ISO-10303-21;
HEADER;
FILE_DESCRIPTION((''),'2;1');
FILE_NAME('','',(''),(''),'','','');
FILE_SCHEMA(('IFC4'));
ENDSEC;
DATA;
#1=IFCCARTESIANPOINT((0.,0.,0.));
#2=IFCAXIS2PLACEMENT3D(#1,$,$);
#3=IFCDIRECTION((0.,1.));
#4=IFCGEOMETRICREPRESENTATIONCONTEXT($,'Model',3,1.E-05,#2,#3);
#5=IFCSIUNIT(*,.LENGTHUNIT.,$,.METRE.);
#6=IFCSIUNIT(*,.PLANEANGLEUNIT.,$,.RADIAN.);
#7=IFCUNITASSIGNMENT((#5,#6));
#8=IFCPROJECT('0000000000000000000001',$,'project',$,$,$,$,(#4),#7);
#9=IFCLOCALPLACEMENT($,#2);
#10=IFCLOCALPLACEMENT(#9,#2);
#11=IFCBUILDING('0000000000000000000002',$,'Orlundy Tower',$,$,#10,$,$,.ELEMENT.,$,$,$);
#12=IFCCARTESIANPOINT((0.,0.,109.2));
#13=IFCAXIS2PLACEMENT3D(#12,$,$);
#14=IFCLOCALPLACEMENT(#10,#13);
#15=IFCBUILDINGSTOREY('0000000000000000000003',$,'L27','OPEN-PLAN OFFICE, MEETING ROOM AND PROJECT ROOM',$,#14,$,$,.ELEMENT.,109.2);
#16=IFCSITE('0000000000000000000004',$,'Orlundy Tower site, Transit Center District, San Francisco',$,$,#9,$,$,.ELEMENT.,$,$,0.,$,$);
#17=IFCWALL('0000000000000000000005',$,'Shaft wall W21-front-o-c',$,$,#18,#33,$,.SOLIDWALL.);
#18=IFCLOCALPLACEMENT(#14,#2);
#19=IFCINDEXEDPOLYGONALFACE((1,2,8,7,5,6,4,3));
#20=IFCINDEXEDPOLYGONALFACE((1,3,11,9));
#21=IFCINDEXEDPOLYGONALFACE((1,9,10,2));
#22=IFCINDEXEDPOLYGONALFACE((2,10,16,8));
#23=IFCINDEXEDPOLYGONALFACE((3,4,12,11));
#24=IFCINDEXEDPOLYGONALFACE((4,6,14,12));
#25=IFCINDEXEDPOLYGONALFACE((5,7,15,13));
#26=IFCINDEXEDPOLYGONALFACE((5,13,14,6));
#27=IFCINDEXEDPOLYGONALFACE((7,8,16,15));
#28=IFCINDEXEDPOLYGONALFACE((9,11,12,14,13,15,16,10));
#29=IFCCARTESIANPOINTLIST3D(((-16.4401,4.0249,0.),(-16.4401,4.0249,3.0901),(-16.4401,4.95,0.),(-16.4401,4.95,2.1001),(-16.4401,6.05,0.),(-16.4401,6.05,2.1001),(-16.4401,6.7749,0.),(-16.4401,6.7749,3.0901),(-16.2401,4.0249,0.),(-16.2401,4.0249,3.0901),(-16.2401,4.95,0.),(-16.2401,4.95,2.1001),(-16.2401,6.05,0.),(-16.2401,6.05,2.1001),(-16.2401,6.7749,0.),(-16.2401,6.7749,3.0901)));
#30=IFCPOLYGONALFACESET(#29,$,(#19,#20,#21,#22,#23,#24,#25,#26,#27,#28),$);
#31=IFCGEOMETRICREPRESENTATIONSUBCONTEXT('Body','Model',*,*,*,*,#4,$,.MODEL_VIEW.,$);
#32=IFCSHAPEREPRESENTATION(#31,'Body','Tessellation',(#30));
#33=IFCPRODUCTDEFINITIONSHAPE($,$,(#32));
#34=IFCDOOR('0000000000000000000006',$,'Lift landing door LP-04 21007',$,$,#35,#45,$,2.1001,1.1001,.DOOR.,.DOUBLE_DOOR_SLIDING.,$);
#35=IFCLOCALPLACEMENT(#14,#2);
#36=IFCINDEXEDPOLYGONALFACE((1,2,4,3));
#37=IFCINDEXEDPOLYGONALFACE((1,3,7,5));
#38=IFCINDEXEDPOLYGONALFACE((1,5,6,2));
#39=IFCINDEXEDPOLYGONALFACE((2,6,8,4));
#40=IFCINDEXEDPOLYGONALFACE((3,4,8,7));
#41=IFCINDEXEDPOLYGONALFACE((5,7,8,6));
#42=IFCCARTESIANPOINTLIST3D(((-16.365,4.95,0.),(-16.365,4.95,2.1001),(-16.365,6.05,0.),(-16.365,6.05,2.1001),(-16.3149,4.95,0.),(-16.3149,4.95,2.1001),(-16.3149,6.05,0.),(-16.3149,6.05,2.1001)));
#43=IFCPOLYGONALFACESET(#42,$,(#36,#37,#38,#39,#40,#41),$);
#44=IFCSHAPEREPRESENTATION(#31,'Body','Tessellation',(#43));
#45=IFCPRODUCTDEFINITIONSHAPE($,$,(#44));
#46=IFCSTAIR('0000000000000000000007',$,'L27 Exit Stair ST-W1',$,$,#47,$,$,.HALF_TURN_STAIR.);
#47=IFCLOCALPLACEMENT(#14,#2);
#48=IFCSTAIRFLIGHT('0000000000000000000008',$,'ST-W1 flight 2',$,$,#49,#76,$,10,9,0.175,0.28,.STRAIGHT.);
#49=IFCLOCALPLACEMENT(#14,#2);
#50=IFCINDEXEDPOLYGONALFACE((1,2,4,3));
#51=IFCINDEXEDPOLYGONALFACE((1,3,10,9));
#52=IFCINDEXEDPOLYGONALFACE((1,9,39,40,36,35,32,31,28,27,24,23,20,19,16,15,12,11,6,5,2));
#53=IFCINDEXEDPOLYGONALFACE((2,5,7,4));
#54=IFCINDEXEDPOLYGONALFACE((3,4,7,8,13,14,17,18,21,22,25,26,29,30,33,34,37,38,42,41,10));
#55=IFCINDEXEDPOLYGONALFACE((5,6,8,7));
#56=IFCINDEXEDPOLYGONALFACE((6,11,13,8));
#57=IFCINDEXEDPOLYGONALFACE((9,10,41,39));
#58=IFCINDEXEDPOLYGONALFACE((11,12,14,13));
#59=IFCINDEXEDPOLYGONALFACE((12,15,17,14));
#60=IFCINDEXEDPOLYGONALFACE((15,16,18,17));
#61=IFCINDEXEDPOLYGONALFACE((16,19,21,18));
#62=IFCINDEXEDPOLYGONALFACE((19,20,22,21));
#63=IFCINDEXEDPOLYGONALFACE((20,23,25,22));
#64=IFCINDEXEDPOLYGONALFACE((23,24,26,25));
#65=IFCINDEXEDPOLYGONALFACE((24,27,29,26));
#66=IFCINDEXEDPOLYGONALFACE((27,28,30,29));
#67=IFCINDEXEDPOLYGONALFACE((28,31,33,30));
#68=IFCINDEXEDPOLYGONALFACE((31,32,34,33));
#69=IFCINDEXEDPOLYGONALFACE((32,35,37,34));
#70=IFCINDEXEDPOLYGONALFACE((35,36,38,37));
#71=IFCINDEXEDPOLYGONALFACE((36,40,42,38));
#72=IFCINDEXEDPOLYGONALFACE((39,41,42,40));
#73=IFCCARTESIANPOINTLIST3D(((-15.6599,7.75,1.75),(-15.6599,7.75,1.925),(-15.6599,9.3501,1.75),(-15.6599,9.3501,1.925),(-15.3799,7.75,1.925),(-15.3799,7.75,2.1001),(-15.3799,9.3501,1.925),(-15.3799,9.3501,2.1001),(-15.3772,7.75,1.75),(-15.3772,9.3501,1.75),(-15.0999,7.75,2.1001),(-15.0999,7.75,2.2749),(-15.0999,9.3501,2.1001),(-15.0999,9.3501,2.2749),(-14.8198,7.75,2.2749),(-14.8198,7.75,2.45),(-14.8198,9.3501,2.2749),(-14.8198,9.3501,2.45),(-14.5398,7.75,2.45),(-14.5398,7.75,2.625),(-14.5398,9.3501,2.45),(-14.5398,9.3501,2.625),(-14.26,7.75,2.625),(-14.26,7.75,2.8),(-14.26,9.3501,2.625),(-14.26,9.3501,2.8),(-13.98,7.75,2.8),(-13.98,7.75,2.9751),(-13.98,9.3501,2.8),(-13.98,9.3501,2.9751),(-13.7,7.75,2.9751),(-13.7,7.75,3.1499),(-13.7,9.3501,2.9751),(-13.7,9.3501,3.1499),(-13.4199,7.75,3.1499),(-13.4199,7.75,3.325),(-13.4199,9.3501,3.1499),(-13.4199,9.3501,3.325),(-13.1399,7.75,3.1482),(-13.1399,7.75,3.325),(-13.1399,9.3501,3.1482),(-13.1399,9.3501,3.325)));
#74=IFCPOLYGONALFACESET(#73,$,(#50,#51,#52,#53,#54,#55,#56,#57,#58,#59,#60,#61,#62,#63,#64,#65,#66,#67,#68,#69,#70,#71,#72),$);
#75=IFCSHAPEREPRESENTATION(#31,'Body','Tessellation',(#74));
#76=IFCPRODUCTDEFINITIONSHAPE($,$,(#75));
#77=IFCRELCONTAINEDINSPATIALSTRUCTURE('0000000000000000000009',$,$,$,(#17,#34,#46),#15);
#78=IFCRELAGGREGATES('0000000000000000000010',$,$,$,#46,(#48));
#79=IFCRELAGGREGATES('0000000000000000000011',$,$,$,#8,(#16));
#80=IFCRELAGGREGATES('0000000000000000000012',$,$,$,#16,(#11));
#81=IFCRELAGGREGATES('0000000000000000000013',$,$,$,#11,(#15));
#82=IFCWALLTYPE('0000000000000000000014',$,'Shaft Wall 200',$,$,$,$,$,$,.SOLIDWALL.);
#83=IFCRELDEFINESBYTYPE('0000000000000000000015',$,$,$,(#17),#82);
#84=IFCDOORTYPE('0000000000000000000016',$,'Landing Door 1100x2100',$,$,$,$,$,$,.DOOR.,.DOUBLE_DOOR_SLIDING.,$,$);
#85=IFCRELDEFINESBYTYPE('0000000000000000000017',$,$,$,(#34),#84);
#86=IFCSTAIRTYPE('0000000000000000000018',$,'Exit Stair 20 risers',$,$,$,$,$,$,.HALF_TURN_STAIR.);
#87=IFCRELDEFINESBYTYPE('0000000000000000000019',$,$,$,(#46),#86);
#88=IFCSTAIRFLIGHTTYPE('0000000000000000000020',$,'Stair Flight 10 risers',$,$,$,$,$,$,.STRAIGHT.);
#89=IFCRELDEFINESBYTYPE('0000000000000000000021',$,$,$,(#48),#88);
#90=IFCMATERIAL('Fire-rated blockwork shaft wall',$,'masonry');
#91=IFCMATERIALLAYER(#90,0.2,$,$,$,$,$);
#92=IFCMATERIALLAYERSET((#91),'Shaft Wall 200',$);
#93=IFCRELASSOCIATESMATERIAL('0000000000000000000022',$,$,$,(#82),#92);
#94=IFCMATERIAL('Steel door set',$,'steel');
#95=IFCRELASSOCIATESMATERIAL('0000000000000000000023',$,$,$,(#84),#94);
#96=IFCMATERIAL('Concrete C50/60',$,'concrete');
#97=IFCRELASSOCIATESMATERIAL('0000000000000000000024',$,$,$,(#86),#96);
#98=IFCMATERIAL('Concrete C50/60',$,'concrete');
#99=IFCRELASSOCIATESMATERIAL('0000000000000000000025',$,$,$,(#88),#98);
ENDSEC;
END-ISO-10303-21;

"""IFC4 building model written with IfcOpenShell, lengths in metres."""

from ifc_helpers import new_model, si_unit, direction, frame, frame_2d, origin, place, context, subcontext, project, spatial, polyline, rectangle, outline, extrude, material, layer, layer_set, type_object, element, fill, aggregate, save


model = new_model("IFC4")

# Units and contexts
model_context = context("Model", 3, precision=1e-05, world=origin(), true_north=direction((0.0, 1.0)))
body_context = subcontext(model_context, "Body", "Model", "MODEL_VIEW")
ifc_project = project(units=[si_unit("LENGTHUNIT", "METRE"), si_unit("PLANEANGLEUNIT", "RADIAN")], contexts=[model_context])

# Site, building, storey
site_placement = place(None, origin())
site = spatial("IfcSite", under=ifc_project, at=site_placement, Name="Orlundy Tower site, Transit Center District, San Francisco", CompositionType="ELEMENT", RefElevation=0.0)
building_placement = place(site_placement, origin())
building = spatial("IfcBuilding", under=site, at=building_placement, Name="Orlundy Tower", CompositionType="ELEMENT")
storey_placement = place(building_placement, frame((0.0, 0.0, 109.2)))
storey = spatial("IfcBuildingStorey", under=building, at=storey_placement, Name="L27", Description="OPEN-PLAN OFFICE, MEETING ROOM AND PROJECT ROOM", CompositionType="ELEMENT", Elevation=109.2)

# Wall, opening, door
ifc_material_1 = material(Name="Fire-rated blockwork shaft wall", Category="masonry")
ifc_layer_1 = layer(ifc_material_1, 0.2)
ifc_layer_set_1 = layer_set([ifc_layer_1], Name="Shaft Wall 200")
wall_type_1 = type_object("IfcWallType", Name="Shaft Wall 200", PredefinedType="SOLIDWALL", material=ifc_layer_set_1)
wall_1_placement = place(storey_placement, frame((-16.3401, 4.0249, 0.0), z_axis=(0.0, 0.0, 1.0), x_axis=(0.0, 1.0, 0.0)))
wall_1 = element("IfcWall", 1, at=wall_1_placement, inside=storey, type_object=wall_type_1, Name="Shaft wall W21-front-o-c", PredefinedType="SOLIDWALL", context=body_context, shape_type="SweptSolid", body=[
    extrude(rectangle(XDim=2.75, YDim=0.2, at=frame_2d((1.375, 0.0))), origin(), (0.0, 0.0, 1.0), 3.0901),
])
opening_1_placement = place(wall_1_placement, frame((0.925, 0.0, 0.0)))
opening_1 = element("IfcOpeningElement", 2, at=opening_1_placement, cuts=wall_1, PredefinedType="OPENING", context=body_context, shape_type="SweptSolid", body=[
    extrude(rectangle(XDim=1.1001, YDim=2.1001, at=frame_2d((0.55, 1.05))), frame((0.0, 0.1101, 0.0), z_axis=(0.0, -1.0, 0.0), x_axis=(1.0, 0.0, 0.0)), (0.0, 0.0, 1.0), 0.2202),
])
ifc_material_2 = material(Name="Steel door set", Category="steel")
door_type_1 = type_object("IfcDoorType", Name="Landing Door 1100x2100", OperationType="DOUBLE_DOOR_SLIDING", PredefinedType="DOOR", material=ifc_material_2)
door_1_placement = place(opening_1_placement, origin())
door_1 = element("IfcDoor", 3, at=door_1_placement, inside=storey, type_object=door_type_1, Name="Lift landing door LP-04 21007", OperationType="DOUBLE_DOOR_SLIDING", OverallHeight=2.1001, OverallWidth=1.1001, PredefinedType="DOOR", context=body_context, shape_type="SweptSolid", body=[
    extrude(rectangle(XDim=1.1001, YDim=2.1001, at=frame_2d((0.55, 1.05))), frame((0.0, 0.0249, 0.0), z_axis=(0.0, -1.0, 0.0), x_axis=(1.0, 0.0, 0.0)), (0.0, 0.0, 1.0), 0.05),
])
fill(opening_1, door_1)

# Stair, stair flight
ifc_material_3 = material(Name="Concrete C50/60", Category="concrete")
stair_type = type_object("IfcStairType", Name="Exit Stair 20 risers", PredefinedType="HALF_TURN_STAIR", material=ifc_material_3)
stair_placement = place(storey_placement, origin())
stair = element("IfcStair", 4, at=stair_placement, inside=storey, type_object=stair_type, Name="L27 Exit Stair ST-W1", PredefinedType="HALF_TURN_STAIR")
ifc_material_4 = material(Name="Concrete C50/60", Category="concrete")
stair_flight_type = type_object("IfcStairFlightType", Name="Stair Flight 10 risers", PredefinedType="STRAIGHT", material=ifc_material_4)
stair_flight_placement = place(storey_placement, frame((-15.6599, 8.55, 1.75), z_axis=(0.0, 0.0, 1.0), x_axis=(1.0, 0.0, 0.0)))
stair_flight = element("IfcStairFlight", 5, at=stair_flight_placement, type_object=stair_flight_type, Name="ST-W1 flight 2", NumberOfRisers=10, NumberOfTreads=9, PredefinedType="STRAIGHT", RiserHeight=0.175, TreadLength=0.28, context=body_context, shape_type="SweptSolid", body=[
    extrude(outline(polyline([(0.0, 0.0), (0.0, 0.175), (0.28, 0.175), (0.28, 0.3501), (0.5601, 0.3501), (0.5601, 0.5249), (0.8401, 0.5249), (0.8401, 0.7), (1.1201, 0.7), (1.1201, 0.875), (1.3999, 0.875), (1.3999, 1.05), (1.6799, 1.05), (1.6799, 1.2251), (1.96, 1.2251), (1.96, 1.3999), (2.24, 1.3999), (2.24, 1.575), (2.52, 1.575), (2.52, 1.75), (2.52, 1.3982), (0.2827, 0.0), (0.0, 0.0)])), frame((0.0, 0.8, 0.0), z_axis=(0.0, -1.0, 0.0), x_axis=(1.0, 0.0, 0.0)), (0.0, 0.0, 1.0), 1.6001),
])
aggregate(stair, [stair_flight])

save(model, "model.ifc")
